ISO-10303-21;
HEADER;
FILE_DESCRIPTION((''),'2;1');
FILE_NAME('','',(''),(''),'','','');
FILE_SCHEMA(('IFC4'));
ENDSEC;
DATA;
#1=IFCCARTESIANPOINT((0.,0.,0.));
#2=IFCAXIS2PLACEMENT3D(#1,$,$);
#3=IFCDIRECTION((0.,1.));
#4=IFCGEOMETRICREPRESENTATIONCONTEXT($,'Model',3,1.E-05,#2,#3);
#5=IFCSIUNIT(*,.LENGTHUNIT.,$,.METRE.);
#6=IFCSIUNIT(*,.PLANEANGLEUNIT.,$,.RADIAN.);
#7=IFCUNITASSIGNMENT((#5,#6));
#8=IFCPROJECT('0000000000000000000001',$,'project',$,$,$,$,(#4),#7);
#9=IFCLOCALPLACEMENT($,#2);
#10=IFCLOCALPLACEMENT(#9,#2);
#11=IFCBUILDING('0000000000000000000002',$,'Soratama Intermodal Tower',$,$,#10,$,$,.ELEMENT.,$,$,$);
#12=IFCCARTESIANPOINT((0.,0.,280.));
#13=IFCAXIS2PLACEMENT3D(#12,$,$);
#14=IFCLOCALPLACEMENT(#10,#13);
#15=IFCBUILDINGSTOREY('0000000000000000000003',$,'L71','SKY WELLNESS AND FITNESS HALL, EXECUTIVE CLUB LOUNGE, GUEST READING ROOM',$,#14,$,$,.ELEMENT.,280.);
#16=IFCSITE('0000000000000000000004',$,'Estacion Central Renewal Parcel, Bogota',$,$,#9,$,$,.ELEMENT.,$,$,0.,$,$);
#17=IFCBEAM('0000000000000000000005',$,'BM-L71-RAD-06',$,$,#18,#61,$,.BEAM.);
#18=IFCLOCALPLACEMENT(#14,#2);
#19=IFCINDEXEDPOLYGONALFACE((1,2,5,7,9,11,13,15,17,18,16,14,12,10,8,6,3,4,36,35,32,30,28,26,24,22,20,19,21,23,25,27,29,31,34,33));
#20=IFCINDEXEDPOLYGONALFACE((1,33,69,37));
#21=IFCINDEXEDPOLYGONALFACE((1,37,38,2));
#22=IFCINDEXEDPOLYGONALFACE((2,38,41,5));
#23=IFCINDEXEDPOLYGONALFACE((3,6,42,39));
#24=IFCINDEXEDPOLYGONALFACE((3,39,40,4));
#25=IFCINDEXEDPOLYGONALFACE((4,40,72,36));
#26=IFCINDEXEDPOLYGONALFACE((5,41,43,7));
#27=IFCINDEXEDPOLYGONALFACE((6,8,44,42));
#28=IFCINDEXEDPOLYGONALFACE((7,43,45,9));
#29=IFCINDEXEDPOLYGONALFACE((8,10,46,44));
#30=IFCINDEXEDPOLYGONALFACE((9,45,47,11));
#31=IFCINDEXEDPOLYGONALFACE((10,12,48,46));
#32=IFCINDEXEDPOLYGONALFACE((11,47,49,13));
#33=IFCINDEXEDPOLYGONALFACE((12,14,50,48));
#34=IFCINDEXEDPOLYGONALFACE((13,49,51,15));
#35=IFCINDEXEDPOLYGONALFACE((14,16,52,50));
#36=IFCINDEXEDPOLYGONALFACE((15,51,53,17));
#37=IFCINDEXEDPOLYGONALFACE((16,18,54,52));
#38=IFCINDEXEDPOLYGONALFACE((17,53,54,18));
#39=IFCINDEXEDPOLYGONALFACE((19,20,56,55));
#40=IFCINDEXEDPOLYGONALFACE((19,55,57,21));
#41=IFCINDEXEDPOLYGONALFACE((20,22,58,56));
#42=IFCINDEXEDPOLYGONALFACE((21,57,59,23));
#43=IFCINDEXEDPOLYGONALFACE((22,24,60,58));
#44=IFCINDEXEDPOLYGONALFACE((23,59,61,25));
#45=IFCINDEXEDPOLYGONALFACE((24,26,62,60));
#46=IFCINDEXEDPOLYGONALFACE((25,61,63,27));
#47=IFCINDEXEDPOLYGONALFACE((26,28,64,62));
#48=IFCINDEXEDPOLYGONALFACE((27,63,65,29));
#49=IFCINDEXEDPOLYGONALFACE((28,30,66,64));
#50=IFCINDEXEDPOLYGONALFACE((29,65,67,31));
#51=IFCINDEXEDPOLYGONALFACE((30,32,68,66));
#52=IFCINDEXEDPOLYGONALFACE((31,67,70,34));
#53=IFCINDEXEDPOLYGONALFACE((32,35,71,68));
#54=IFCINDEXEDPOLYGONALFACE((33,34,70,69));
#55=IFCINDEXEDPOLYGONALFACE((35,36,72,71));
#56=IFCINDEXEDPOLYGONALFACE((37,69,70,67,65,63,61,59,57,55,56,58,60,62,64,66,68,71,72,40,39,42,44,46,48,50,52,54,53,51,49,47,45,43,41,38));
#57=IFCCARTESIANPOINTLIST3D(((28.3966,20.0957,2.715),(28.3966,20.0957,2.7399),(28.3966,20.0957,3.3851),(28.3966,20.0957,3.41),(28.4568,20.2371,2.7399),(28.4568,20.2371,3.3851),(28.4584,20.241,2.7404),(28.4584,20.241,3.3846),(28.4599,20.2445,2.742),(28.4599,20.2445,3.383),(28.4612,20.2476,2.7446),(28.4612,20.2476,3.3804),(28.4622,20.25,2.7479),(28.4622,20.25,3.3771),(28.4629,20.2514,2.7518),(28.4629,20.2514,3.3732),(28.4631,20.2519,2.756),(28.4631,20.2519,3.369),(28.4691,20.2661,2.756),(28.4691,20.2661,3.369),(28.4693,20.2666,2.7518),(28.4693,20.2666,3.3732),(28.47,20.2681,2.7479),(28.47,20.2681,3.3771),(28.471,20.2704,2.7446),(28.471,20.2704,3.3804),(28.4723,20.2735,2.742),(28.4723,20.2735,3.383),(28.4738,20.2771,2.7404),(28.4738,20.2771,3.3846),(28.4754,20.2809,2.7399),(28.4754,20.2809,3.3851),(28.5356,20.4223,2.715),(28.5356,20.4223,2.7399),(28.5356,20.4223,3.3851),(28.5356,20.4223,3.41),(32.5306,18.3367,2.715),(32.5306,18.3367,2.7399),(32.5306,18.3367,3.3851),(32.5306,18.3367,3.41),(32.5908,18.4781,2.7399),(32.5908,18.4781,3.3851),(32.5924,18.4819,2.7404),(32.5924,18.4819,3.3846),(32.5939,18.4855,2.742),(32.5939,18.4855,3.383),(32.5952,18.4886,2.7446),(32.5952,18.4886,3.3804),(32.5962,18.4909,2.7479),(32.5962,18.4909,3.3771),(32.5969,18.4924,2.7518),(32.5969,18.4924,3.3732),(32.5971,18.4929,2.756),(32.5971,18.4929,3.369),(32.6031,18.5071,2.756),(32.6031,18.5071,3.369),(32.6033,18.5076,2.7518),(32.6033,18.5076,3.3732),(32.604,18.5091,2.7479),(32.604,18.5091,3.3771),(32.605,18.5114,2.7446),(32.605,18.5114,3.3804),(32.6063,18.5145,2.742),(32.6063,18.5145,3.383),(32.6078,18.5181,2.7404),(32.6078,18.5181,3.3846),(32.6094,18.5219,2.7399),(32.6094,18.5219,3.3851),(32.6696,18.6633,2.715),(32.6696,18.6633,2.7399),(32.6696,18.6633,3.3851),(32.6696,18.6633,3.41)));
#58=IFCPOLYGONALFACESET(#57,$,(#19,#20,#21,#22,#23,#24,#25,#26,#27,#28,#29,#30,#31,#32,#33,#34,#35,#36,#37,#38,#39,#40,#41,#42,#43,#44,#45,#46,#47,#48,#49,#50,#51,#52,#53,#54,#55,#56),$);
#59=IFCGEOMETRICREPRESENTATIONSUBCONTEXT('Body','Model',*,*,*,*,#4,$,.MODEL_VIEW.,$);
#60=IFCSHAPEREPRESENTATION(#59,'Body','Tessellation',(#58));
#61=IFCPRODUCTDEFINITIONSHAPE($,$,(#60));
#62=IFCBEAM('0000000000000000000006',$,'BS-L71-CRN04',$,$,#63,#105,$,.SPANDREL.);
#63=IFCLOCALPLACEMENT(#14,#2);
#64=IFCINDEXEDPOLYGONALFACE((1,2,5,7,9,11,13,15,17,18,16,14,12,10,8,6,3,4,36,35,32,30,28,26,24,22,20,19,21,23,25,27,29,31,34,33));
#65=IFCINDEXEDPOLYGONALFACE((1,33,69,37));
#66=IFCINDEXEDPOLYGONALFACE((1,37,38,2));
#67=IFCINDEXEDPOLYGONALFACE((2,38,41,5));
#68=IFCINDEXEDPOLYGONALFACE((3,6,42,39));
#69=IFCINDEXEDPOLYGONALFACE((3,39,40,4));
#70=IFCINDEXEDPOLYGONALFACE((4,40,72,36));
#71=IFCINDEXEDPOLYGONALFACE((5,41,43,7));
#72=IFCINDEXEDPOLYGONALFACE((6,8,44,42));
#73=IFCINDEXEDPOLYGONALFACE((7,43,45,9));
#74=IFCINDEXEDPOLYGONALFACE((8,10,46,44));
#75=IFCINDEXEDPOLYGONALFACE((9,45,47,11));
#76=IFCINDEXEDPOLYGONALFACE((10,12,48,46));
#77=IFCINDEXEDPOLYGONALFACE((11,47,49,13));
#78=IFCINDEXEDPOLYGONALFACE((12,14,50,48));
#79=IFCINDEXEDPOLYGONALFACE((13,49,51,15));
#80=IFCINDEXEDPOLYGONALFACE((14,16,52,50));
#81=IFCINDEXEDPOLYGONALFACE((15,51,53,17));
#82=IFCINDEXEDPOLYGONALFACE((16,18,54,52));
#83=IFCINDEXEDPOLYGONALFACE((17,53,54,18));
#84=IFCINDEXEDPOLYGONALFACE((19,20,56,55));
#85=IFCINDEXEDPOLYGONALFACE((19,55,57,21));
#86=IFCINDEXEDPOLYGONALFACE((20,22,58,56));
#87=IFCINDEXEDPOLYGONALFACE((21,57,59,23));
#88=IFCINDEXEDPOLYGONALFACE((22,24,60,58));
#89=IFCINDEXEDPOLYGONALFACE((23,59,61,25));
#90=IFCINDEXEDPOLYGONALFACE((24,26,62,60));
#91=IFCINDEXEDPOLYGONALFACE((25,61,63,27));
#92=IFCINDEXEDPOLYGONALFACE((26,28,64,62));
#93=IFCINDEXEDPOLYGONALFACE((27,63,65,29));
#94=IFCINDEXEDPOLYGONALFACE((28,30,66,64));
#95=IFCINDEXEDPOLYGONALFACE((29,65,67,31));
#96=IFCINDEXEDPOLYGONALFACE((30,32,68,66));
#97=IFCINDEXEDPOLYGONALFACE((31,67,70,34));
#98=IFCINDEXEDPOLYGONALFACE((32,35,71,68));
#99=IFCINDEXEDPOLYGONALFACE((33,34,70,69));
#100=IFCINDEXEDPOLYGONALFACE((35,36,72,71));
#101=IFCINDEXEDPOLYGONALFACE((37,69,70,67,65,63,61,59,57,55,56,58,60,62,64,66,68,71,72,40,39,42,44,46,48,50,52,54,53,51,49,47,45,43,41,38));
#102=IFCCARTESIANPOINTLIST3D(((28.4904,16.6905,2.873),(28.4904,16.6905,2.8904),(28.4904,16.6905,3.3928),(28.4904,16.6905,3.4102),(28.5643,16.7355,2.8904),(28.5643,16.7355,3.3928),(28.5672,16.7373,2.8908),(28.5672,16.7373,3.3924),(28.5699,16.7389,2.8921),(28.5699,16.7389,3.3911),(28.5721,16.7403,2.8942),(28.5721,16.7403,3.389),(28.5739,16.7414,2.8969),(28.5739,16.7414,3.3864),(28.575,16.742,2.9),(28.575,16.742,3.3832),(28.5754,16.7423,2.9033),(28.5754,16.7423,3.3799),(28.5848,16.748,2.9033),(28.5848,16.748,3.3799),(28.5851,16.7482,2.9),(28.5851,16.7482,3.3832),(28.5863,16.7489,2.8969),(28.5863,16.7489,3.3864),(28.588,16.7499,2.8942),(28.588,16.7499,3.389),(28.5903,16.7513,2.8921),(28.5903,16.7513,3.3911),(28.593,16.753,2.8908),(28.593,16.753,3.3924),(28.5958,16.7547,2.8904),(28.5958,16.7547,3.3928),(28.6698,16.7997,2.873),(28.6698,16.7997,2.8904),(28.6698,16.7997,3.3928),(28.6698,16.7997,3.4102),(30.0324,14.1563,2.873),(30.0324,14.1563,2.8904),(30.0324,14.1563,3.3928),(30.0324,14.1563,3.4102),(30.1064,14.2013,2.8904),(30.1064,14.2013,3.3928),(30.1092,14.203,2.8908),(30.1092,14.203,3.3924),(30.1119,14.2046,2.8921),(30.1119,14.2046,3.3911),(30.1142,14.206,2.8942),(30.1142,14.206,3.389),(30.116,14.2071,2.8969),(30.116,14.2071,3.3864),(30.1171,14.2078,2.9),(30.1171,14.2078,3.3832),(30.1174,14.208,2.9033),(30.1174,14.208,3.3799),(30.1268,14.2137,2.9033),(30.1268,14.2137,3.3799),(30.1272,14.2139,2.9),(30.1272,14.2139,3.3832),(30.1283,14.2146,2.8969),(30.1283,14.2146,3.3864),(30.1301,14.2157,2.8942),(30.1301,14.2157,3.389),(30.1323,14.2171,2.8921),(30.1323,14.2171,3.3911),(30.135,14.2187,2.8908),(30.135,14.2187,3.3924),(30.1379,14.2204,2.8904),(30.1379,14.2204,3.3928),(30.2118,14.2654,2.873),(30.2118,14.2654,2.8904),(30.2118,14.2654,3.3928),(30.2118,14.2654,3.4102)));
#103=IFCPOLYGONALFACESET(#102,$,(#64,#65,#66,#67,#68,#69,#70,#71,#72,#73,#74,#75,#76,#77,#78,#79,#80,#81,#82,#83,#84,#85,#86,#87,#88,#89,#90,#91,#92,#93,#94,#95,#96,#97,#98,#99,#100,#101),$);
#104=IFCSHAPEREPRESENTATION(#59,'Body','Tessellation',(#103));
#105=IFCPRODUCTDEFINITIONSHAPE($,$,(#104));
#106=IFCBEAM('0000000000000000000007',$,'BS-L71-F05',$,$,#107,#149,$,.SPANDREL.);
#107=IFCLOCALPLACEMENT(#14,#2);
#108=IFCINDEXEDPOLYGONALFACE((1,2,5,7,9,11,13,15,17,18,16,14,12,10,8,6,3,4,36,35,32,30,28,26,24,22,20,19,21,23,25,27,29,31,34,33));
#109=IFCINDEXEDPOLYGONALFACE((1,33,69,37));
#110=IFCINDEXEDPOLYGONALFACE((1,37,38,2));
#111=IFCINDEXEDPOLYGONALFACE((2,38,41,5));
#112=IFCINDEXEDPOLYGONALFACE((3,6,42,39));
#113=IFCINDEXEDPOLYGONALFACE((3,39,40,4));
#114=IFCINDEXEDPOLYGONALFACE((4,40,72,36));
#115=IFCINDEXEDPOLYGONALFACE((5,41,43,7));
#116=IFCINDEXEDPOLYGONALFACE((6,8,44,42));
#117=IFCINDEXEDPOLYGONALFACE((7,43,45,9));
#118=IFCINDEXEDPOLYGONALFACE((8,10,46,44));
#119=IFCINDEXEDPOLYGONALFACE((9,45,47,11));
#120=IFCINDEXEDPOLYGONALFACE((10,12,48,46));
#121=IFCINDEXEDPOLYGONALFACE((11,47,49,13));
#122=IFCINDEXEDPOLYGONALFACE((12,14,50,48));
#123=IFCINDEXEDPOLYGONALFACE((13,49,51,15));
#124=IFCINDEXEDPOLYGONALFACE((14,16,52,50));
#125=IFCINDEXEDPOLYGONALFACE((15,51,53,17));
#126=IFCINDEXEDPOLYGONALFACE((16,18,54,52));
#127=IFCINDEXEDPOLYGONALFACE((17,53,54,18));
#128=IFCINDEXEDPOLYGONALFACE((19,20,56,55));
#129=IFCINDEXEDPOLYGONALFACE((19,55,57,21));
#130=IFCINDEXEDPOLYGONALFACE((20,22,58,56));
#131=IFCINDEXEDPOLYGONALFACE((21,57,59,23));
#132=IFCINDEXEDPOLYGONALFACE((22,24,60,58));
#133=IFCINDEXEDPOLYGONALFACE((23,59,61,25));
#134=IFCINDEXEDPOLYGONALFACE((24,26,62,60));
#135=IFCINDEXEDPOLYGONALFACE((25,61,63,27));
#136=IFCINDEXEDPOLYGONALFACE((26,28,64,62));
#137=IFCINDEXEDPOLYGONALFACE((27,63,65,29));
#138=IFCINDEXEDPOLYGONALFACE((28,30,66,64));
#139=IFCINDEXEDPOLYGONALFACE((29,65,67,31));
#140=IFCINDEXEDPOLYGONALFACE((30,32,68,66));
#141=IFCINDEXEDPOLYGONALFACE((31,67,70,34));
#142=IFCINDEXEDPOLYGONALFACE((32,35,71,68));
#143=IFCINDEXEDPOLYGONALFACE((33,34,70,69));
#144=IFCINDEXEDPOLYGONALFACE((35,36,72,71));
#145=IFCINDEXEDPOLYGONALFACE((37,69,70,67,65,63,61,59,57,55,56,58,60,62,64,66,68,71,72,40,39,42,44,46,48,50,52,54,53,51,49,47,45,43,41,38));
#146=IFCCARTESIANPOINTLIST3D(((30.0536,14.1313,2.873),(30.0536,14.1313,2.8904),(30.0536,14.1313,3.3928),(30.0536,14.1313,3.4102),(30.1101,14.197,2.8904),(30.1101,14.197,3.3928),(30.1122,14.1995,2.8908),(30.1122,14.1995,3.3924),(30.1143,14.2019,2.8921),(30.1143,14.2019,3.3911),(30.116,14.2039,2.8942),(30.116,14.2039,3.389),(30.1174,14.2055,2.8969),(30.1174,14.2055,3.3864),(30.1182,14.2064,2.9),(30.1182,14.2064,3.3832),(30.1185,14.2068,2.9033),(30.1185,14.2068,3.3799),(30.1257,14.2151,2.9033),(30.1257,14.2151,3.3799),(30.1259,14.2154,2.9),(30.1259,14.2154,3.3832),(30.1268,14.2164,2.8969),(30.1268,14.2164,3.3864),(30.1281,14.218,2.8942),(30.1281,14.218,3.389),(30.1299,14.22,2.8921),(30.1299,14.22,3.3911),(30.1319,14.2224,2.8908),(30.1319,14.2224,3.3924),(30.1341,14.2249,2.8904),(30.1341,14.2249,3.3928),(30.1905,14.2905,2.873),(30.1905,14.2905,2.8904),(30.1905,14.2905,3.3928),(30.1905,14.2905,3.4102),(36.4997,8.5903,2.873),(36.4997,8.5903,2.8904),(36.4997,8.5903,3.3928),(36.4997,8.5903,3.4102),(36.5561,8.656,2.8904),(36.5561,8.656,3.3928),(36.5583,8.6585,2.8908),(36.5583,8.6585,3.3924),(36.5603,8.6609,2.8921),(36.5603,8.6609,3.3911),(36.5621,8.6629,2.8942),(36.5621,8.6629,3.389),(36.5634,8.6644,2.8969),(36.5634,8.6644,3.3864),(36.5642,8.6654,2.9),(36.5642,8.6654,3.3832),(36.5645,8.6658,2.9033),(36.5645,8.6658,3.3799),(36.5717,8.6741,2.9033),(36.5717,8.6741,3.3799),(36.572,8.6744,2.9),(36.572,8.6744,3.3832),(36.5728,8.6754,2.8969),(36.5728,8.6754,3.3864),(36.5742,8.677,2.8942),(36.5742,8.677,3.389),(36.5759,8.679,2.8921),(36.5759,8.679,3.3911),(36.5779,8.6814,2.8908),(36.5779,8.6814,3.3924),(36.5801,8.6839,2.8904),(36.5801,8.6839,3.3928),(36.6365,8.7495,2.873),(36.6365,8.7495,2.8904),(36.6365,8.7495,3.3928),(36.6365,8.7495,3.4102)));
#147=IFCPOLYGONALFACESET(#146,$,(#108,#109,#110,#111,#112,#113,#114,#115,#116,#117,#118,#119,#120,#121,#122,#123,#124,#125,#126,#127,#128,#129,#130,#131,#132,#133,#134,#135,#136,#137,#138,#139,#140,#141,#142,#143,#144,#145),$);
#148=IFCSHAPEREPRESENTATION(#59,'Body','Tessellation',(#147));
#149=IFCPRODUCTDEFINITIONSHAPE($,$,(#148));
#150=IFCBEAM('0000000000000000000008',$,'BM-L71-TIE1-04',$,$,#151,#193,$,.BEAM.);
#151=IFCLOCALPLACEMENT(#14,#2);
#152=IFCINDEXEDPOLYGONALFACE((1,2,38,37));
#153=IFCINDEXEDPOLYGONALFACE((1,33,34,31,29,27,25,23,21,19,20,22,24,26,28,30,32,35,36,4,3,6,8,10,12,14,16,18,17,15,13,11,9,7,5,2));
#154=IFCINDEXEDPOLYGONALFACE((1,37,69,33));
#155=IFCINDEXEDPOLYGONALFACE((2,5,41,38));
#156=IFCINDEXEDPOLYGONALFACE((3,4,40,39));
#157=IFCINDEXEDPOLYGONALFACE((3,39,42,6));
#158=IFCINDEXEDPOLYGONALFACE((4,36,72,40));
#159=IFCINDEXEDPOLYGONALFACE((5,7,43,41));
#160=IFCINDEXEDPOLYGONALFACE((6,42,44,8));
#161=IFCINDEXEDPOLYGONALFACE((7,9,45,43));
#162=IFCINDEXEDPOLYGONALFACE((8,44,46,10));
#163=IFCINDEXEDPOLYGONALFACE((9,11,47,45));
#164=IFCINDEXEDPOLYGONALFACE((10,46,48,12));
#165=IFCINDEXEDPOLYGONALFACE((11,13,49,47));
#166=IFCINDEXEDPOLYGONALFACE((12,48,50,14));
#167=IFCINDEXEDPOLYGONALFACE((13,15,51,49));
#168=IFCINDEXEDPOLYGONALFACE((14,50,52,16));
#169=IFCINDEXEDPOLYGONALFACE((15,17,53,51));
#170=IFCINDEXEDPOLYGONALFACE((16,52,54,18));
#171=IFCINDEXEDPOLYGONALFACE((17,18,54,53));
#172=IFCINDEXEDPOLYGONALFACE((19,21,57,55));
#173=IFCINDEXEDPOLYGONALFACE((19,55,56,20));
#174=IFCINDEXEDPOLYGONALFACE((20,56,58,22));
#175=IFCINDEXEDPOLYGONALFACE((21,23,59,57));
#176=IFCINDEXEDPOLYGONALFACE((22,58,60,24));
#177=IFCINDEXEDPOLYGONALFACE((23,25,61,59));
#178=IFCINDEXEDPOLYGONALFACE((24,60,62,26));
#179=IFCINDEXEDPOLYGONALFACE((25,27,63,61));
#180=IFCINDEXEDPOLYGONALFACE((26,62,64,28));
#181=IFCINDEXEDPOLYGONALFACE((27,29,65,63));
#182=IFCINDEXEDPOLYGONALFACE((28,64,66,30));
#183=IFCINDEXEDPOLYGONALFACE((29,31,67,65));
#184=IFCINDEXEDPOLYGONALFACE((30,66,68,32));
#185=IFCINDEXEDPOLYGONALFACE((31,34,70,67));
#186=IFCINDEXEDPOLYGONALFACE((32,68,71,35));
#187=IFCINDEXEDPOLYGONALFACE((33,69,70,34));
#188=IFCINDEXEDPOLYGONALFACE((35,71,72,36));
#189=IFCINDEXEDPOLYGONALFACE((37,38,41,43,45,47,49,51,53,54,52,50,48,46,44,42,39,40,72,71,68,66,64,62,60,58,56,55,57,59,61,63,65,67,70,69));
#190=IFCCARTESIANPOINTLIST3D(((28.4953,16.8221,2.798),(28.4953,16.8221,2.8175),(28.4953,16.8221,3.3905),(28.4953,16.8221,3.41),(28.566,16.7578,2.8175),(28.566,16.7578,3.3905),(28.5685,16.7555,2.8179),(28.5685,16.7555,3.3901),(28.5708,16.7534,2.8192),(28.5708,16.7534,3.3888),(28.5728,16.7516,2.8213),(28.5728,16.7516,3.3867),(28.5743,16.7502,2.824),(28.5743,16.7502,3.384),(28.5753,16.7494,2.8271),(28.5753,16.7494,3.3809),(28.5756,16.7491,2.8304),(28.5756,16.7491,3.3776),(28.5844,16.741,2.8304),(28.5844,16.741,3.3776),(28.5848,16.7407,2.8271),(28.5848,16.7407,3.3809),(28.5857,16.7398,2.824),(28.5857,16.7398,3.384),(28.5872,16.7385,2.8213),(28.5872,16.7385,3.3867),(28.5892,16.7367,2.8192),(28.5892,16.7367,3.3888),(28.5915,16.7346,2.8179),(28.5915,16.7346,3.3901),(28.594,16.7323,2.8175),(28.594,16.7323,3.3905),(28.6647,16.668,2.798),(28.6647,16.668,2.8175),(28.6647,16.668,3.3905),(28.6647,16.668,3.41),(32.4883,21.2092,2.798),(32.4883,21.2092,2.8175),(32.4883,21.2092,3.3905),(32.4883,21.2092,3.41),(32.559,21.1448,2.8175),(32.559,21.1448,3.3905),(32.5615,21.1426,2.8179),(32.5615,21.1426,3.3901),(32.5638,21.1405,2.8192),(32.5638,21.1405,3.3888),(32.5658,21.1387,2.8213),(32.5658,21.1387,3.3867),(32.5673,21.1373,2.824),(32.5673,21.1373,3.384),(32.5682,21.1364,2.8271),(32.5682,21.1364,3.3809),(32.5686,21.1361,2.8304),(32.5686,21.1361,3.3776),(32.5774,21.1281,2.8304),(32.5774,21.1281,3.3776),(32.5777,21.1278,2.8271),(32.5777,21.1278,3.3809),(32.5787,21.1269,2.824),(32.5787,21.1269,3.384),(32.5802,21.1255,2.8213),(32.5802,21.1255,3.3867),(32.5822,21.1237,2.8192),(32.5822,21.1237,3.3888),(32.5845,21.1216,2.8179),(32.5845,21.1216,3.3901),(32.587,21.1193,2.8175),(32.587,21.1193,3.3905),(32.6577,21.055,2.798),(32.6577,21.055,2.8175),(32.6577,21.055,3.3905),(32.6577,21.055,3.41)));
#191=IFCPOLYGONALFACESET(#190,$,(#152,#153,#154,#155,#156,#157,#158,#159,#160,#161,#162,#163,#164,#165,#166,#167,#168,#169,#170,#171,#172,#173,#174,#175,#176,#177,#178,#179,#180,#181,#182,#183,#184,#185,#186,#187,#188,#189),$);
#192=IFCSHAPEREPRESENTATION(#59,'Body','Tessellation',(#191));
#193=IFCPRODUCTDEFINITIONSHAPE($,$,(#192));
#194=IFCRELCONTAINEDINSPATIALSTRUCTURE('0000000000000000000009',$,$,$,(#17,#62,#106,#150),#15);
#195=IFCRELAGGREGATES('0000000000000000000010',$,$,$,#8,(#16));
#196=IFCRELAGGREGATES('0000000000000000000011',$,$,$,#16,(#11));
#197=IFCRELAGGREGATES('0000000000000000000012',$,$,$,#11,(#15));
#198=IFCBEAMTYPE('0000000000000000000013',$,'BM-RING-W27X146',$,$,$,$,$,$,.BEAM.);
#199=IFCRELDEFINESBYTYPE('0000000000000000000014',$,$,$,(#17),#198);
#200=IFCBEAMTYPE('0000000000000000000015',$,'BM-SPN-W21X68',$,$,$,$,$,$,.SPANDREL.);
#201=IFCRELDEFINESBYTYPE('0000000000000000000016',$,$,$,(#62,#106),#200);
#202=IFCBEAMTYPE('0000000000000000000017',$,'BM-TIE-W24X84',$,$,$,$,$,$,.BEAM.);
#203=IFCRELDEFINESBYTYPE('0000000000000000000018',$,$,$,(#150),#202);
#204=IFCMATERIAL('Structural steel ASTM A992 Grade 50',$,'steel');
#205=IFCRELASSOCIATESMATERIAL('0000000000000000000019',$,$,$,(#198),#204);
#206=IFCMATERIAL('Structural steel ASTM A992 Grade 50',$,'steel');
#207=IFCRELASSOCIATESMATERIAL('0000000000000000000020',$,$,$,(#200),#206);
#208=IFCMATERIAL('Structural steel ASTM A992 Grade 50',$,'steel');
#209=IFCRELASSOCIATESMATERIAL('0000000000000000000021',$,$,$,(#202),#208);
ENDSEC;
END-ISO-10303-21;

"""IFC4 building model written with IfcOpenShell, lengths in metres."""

from ifc_helpers import new_model, si_unit, direction, frame, origin, origin_2d, place, context, subcontext, project, spatial, i_section, extrude, material, material_profile, profile_set, type_object, element, save


model = new_model("IFC4")

# Units and contexts
model_context = context("Model", 3, precision=1e-05, world=origin(), true_north=direction((0.0, 1.0)))
body_context = subcontext(model_context, "Body", "Model", "MODEL_VIEW")
ifc_project = project(units=[si_unit("LENGTHUNIT", "METRE"), si_unit("PLANEANGLEUNIT", "RADIAN")], contexts=[model_context])

# Site, building, storey
site_placement = place(None, origin())
site = spatial("IfcSite", under=ifc_project, at=site_placement, Name="Estacion Central Renewal Parcel, Bogota", CompositionType="ELEMENT", RefElevation=0.0)
building_placement = place(site_placement, origin())
building = spatial("IfcBuilding", under=site, at=building_placement, Name="Soratama Intermodal Tower", CompositionType="ELEMENT")
storey_placement = place(building_placement, frame((0.0, 0.0, 280.0)))
storey = spatial("IfcBuildingStorey", under=building, at=storey_placement, Name="L71", Description="SKY WELLNESS AND FITNESS HALL, EXECUTIVE CLUB LOUNGE, GUEST READING ROOM", CompositionType="ELEMENT", Elevation=280.0)

# Beams
ifc_material_1 = material(Name="Structural steel ASTM A992 Grade 50", Category="steel")
ifc_material_profile_1 = material_profile(ifc_material_1, i_section(OverallWidth=0.355, OverallDepth=0.6951, WebThickness=0.0154, FlangeThickness=0.0249, FilletRadius=0.0161, at=origin_2d()), Name="W27X146")
ifc_profile_set_1 = profile_set([ifc_material_profile_1], Name="Structural steel ASTM A992 Grade 50")
beam_type_1 = type_object("IfcBeamType", Name="BM-RING-W27X146", PredefinedType="BEAM", material=ifc_profile_set_1)
beam_1_placement = place(storey_placement, frame((32.6001, 18.5, 3.0625), z_axis=(-0.920165, 0.391531, 0.0), x_axis=(-0.391531, -0.920165, 0.0)))
element("IfcBeam", 1, at=beam_1_placement, inside=storey, type_object=beam_type_1, Name="BM-L71-RAD-06", PredefinedType="BEAM", context=body_context, shape_type="SweptSolid", body=[
    extrude(i_section(OverallWidth=0.355, OverallDepth=0.6951, WebThickness=0.0154, FlangeThickness=0.0249, FilletRadius=0.0161, at=origin_2d()), origin(), (0.0, 0.0, 1.0), 4.4927),
])
ifc_material_2 = material(Name="Structural steel ASTM A992 Grade 50", Category="steel")
ifc_material_profile_2 = material_profile(ifc_material_2, i_section(OverallWidth=0.21, OverallDepth=0.5371, WebThickness=0.011, FlangeThickness=0.0173, FilletRadius=0.0129, at=origin_2d()), Name="W21X68")
ifc_profile_set_2 = profile_set([ifc_material_profile_2], Name="Structural steel ASTM A992 Grade 50")
beam_type_2 = type_object("IfcBeamType", Name="BM-SPN-W21X68", PredefinedType="SPANDREL", material=ifc_profile_set_2)
beam_2_placement = place(storey_placement, frame((28.5801, 16.7451, 3.1416), z_axis=(0.519811, -0.854281, 0.0), x_axis=(0.854281, 0.519811, 0.0)))
element("IfcBeam", 2, at=beam_2_placement, inside=storey, type_object=beam_type_2, Name="BS-L71-CRN04", PredefinedType="SPANDREL", context=body_context, shape_type="SweptSolid", body=[
    extrude(i_section(OverallWidth=0.21, OverallDepth=0.5371, WebThickness=0.011, FlangeThickness=0.0173, FilletRadius=0.0129, at=origin_2d()), origin(), (0.0, 0.0, 1.0), 2.9666),
])
beam_3_placement = place(storey_placement, frame((30.1221, 14.2109, 3.1416), z_axis=(0.758335, -0.651865, 0.0), x_axis=(0.651865, 0.758335, 0.0)))
element("IfcBeam", 3, at=beam_3_placement, inside=storey, type_object=beam_type_2, Name="BS-L71-F05", PredefinedType="SPANDREL", context=body_context, shape_type="SweptSolid", body=[
    extrude(i_section(OverallWidth=0.21, OverallDepth=0.5371, WebThickness=0.011, FlangeThickness=0.0173, FilletRadius=0.0129, at=origin_2d()), origin(), (0.0, 0.0, 1.0), 8.5002),
])
ifc_material_3 = material(Name="Structural steel ASTM A992 Grade 50", Category="steel")
ifc_material_profile_3 = material_profile(ifc_material_3, i_section(OverallWidth=0.229, OverallDepth=0.6121, WebThickness=0.012, FlangeThickness=0.0195, FilletRadius=0.0129, at=origin_2d()), Name="W24X84")
ifc_profile_set_3 = profile_set([ifc_material_profile_3], Name="Structural steel ASTM A992 Grade 50")
beam_type_3 = type_object("IfcBeamType", Name="BM-TIE-W24X84", PredefinedType="BEAM", material=ifc_profile_set_3)
beam_4_placement = place(storey_placement, frame((32.573, 21.1321, 3.104), z_axis=(-0.673113, -0.73954, 0.0), x_axis=(0.73954, -0.673113, 0.0)))
element("IfcBeam", 4, at=beam_4_placement, inside=storey, type_object=beam_type_3, Name="BM-L71-TIE1-04", PredefinedType="BEAM", context=body_context, shape_type="SweptSolid", body=[
    extrude(i_section(OverallWidth=0.229, OverallDepth=0.6121, WebThickness=0.012, FlangeThickness=0.0195, FilletRadius=0.0129, at=origin_2d()), origin(), (0.0, 0.0, 1.0), 5.9321),
])

save(model, "model.ifc")
